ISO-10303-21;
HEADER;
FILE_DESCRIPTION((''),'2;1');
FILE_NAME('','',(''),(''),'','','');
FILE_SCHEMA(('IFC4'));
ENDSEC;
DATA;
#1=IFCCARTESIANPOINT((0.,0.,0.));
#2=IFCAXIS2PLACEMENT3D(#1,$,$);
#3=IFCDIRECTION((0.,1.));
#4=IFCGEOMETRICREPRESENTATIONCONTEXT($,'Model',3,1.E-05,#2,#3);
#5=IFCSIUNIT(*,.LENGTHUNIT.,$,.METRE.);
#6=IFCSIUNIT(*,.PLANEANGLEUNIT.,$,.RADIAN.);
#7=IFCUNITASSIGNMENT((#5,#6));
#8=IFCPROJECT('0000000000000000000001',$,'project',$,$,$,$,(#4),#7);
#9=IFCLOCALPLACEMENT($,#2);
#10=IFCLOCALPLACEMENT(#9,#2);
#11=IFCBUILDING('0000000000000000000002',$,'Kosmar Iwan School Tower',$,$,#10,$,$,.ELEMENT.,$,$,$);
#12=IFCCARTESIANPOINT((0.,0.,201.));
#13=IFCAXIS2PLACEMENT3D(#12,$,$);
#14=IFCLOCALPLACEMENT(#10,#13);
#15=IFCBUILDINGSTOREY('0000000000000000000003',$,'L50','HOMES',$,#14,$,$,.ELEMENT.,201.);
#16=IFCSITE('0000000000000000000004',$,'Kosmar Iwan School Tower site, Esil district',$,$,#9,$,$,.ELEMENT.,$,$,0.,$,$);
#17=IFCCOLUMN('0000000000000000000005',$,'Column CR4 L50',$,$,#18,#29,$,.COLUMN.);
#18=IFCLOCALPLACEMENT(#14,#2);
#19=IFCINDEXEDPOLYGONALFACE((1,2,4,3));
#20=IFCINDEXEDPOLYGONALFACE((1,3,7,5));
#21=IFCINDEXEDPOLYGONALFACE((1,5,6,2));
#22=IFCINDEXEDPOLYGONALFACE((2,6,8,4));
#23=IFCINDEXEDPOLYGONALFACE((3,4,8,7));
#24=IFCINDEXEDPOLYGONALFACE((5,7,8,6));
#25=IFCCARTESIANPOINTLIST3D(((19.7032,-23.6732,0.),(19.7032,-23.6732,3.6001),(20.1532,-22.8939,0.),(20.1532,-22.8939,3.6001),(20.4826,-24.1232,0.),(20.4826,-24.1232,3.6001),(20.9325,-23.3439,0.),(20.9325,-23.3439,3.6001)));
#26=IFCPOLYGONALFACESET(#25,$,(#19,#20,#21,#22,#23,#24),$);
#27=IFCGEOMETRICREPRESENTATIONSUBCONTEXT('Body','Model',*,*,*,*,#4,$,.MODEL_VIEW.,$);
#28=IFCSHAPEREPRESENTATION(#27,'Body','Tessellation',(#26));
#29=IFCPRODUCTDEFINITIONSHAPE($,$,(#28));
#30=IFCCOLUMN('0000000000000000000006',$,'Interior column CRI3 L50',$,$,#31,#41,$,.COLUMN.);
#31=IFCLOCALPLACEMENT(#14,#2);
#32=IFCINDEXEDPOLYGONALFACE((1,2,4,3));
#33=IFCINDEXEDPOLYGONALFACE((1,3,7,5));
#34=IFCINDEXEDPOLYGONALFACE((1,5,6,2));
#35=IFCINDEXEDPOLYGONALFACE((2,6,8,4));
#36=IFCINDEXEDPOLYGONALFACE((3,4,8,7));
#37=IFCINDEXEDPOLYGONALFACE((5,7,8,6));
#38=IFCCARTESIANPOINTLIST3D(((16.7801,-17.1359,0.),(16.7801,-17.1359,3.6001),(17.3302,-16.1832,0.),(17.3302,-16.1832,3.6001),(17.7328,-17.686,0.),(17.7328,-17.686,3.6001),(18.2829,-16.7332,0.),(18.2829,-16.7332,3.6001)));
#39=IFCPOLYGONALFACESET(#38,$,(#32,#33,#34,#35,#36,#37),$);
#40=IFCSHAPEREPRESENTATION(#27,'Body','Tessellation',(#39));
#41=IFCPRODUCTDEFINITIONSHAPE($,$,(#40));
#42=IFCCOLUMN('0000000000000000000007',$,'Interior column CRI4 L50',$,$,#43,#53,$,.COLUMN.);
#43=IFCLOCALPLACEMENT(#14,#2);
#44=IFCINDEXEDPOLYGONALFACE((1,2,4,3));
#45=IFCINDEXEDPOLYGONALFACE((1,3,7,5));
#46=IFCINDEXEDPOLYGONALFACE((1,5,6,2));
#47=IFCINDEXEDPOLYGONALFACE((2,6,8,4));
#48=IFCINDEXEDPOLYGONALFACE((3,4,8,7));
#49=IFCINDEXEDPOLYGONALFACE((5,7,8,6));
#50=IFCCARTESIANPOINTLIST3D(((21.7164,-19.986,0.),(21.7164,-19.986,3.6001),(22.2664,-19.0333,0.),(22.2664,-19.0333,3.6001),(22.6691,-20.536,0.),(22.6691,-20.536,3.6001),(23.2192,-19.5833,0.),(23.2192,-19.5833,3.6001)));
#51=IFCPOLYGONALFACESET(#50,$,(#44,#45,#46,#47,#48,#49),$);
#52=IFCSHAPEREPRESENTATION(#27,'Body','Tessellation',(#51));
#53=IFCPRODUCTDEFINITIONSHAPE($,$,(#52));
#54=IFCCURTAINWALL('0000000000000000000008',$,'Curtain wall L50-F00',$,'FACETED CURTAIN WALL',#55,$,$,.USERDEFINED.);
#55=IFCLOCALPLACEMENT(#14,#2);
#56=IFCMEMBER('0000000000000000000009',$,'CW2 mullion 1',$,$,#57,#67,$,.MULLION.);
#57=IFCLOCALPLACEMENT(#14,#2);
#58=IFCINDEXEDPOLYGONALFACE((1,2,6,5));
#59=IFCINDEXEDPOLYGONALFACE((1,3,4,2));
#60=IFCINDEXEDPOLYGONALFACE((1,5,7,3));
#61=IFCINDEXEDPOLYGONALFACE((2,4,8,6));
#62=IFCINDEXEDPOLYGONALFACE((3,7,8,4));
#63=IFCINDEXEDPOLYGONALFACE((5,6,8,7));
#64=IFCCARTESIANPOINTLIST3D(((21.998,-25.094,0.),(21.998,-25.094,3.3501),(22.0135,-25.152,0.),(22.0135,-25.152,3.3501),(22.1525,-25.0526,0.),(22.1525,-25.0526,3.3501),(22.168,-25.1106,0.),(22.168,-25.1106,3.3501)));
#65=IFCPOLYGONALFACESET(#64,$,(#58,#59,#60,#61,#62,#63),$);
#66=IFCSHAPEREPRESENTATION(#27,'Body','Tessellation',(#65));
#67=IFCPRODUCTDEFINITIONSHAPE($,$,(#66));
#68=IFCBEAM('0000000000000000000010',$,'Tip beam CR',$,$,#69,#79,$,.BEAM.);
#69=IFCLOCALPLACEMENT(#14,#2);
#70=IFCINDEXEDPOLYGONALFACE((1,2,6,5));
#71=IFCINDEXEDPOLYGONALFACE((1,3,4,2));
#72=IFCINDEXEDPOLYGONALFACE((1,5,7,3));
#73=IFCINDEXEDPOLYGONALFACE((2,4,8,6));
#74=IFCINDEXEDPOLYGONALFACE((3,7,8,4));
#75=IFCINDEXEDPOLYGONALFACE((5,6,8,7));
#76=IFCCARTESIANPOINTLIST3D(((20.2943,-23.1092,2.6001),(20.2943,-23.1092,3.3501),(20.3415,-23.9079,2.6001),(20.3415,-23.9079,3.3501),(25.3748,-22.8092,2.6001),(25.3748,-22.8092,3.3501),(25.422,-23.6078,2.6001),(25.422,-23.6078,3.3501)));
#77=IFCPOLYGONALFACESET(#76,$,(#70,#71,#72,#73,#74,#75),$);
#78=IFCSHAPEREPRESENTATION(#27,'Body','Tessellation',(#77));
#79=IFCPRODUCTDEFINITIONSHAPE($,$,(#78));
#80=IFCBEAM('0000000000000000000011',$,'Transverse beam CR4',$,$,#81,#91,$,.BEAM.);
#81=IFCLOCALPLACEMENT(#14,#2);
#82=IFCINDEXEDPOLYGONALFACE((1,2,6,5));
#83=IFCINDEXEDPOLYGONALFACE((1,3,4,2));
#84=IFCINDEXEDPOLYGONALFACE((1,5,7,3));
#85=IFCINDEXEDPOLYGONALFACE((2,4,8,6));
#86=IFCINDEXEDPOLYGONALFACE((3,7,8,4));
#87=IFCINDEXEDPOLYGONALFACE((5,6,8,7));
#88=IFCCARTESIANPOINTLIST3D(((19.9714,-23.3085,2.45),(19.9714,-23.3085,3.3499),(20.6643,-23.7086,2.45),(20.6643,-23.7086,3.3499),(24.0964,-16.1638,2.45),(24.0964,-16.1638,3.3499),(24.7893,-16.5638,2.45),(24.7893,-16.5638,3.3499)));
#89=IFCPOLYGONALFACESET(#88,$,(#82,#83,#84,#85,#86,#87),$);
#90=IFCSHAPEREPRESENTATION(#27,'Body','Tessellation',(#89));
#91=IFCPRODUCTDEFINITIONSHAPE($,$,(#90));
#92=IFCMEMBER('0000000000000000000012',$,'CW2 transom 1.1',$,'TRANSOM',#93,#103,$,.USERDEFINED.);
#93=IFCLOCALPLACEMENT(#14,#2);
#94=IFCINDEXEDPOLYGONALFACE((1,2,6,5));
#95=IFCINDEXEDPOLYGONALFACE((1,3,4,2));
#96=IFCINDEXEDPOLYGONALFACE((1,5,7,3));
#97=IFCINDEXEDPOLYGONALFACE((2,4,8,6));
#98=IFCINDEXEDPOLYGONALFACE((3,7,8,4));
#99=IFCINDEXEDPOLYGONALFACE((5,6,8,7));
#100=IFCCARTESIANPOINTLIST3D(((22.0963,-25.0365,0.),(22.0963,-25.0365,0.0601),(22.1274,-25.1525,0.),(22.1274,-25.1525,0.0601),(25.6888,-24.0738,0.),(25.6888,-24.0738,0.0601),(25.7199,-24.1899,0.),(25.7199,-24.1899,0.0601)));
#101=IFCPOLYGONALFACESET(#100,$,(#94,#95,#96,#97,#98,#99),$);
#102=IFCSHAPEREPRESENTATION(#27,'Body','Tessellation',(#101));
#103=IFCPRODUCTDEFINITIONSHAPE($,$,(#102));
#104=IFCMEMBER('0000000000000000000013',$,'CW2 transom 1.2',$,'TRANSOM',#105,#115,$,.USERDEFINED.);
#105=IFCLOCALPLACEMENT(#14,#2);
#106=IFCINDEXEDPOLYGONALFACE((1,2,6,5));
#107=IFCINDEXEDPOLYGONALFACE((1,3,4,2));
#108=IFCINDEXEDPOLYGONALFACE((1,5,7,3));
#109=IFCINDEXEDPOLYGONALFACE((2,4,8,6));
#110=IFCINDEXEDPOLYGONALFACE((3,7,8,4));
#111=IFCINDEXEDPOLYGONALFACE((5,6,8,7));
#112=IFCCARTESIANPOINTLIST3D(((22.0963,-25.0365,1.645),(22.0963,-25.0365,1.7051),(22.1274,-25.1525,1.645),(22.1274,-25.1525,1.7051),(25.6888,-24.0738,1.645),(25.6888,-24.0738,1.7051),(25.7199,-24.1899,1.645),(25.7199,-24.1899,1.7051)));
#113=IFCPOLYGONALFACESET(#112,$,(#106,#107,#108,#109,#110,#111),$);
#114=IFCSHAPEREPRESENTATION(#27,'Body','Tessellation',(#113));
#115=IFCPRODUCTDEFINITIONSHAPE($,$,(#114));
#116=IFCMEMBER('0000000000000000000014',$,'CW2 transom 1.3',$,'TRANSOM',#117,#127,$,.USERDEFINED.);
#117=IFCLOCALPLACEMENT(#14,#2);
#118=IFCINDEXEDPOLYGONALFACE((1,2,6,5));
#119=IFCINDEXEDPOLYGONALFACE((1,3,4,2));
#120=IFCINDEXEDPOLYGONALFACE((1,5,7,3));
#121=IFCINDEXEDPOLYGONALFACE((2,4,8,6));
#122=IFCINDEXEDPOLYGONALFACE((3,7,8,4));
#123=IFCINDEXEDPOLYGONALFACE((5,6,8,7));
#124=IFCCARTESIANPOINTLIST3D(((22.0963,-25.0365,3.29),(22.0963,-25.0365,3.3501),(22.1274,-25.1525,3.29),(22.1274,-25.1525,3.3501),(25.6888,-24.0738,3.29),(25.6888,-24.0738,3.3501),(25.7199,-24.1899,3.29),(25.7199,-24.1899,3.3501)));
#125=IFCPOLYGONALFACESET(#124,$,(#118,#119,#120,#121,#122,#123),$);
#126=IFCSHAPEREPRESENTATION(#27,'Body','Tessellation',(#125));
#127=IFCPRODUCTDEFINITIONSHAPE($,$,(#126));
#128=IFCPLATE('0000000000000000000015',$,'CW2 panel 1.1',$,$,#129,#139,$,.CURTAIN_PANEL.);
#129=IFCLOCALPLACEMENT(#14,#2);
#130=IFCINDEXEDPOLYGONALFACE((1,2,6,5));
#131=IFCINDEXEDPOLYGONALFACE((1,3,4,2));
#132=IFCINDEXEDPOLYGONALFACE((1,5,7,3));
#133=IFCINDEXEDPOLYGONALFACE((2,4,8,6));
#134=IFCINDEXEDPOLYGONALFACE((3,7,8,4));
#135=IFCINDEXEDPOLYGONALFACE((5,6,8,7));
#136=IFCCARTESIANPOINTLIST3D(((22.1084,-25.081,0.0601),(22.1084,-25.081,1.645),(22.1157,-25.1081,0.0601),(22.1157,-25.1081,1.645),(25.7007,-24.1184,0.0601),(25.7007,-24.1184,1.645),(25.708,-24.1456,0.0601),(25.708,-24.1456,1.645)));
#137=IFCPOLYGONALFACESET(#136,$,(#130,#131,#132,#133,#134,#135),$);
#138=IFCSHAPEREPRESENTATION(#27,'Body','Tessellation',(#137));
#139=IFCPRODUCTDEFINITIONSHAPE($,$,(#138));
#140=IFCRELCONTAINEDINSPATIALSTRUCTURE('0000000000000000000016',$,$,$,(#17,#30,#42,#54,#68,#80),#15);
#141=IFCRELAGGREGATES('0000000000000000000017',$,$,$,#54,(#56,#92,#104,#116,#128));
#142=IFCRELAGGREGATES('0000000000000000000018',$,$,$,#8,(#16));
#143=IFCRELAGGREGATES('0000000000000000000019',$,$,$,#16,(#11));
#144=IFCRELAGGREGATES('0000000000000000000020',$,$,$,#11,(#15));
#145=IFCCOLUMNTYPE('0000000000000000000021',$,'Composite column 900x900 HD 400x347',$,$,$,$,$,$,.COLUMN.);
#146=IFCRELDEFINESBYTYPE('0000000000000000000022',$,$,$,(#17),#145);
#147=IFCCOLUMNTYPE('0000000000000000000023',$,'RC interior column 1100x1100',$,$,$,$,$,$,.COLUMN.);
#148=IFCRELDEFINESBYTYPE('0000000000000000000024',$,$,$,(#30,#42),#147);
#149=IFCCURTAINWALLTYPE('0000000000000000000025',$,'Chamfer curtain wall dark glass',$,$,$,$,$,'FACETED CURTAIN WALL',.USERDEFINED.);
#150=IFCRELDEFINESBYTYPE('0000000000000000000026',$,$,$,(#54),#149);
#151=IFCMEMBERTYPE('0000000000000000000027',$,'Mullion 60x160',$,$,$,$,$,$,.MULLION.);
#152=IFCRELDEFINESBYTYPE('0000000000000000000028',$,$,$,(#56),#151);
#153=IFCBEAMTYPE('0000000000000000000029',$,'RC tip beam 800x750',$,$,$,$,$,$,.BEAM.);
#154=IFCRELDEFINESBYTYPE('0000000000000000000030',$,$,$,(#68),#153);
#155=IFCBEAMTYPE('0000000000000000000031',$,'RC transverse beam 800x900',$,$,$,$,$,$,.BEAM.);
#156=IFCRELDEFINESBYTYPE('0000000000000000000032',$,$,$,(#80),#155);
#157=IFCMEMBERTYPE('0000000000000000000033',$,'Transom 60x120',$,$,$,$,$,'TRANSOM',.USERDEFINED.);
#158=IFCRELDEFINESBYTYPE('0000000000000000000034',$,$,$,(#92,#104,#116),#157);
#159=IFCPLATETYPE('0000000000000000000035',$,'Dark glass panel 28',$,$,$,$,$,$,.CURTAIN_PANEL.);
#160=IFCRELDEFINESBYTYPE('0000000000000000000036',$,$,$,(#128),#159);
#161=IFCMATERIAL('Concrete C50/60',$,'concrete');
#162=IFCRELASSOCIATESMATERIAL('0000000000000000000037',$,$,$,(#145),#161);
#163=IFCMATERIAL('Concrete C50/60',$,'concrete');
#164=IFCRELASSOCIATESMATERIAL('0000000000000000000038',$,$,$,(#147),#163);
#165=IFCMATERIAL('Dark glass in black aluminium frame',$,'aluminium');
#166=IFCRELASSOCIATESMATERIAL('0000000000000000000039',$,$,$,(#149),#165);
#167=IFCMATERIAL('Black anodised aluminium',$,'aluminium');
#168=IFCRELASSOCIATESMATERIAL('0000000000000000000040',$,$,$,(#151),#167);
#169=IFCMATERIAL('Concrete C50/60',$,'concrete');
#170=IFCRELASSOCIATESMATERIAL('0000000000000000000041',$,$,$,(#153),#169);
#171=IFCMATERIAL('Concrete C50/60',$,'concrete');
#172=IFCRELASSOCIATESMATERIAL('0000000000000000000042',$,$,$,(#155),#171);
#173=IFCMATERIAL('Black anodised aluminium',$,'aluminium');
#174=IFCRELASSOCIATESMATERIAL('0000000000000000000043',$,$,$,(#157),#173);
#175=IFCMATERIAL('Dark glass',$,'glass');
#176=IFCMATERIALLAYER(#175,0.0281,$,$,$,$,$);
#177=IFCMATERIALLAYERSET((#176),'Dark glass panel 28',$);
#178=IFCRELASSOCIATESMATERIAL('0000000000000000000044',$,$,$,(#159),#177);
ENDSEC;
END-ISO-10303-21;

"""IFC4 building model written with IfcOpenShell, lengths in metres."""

from ifc_helpers import new_model, si_unit, direction, frame, origin, origin_2d, place, context, subcontext, project, spatial, rectangle, extrude, material, layer, layer_set, material_profile, profile_set, type_object, element, aggregate, save


model = new_model("IFC4")

# Units and contexts
model_context = context("Model", 3, precision=1e-05, world=origin(), true_north=direction((0.0, 1.0)))
body_context = subcontext(model_context, "Body", "Model", "MODEL_VIEW")
ifc_project = project(units=[si_unit("LENGTHUNIT", "METRE"), si_unit("PLANEANGLEUNIT", "RADIAN")], contexts=[model_context])

# Site, building, storey
site_placement = place(None, origin())
site = spatial("IfcSite", under=ifc_project, at=site_placement, Name="Kosmar Iwan School Tower site, Esil district", CompositionType="ELEMENT", RefElevation=0.0)
building_placement = place(site_placement, origin())
building = spatial("IfcBuilding", under=site, at=building_placement, Name="Kosmar Iwan School Tower", CompositionType="ELEMENT")
storey_placement = place(building_placement, frame((0.0, 0.0, 201.0)))
storey = spatial("IfcBuildingStorey", under=building, at=storey_placement, Name="L50", Description="HOMES", CompositionType="ELEMENT", Elevation=201.0)

# Columns
ifc_material_1 = material(Name="Concrete C50/60", Category="concrete")
ifc_material_profile_1 = material_profile(ifc_material_1, rectangle(XDim=0.8999, YDim=0.8999, at=origin_2d()), Name="RC 900x900 + HD 400x347")
ifc_profile_set_1 = profile_set([ifc_material_profile_1], Name="Concrete C50/60")
column_type_1 = type_object("IfcColumnType", Name="Composite column 900x900 HD 400x347", PredefinedType="COLUMN", material=ifc_profile_set_1)
column_placement = place(storey_placement, frame((20.3179, -23.5085, 0.0), z_axis=(0.0, 0.0, 1.0), x_axis=(0.866025, -0.5, 0.0)))
element("IfcColumn", 1, at=column_placement, inside=storey, type_object=column_type_1, Name="Column CR4 L50", PredefinedType="COLUMN", context=body_context, shape_type="SweptSolid", body=[
    extrude(rectangle(XDim=0.8999, YDim=0.8999, at=origin_2d()), origin(), (0.0, 0.0, 1.0), 3.6001),
])
ifc_material_2 = material(Name="Concrete C50/60", Category="concrete")
ifc_material_profile_2 = material_profile(ifc_material_2, rectangle(XDim=1.1001, YDim=1.1001, at=origin_2d()), Name="RC 1100x1100")
ifc_profile_set_2 = profile_set([ifc_material_profile_2], Name="Concrete C50/60")
column_type_2 = type_object("IfcColumnType", Name="RC interior column 1100x1100", PredefinedType="COLUMN", material=ifc_profile_set_2)
for number, where, z_axis, x_axis, name in (
    (2, (17.5315, -16.9346, 0.0), (0.0, 0.0, 1.0), (0.866025, -0.5, 0.0), "Interior column CRI3 L50"),
    (3, (22.4678, -19.7847, 0.0), (0.0, 0.0, 1.0), (0.866025, -0.5, 0.0), "Interior column CRI4 L50"),
):
    element("IfcColumn", number, at=place(storey_placement, frame(where, z_axis=z_axis, x_axis=x_axis)), inside=storey, type_object=column_type_2, Name=name, PredefinedType="COLUMN", context=body_context, shape_type="SweptSolid", body=[
        extrude(rectangle(XDim=1.1001, YDim=1.1001, at=origin_2d()), origin(), (0.0, 0.0, 1.0), 3.6001),
    ])

# Curtain wall, member
ifc_material_3 = material(Name="Dark glass in black aluminium frame", Category="aluminium")
curtain_wall_type = type_object("IfcCurtainWallType", Name="Chamfer curtain wall dark glass", ElementType="FACETED CURTAIN WALL", PredefinedType="USERDEFINED", material=ifc_material_3)
curtain_wall_placement = place(storey_placement, origin())
curtain_wall = element("IfcCurtainWall", 4, at=curtain_wall_placement, inside=storey, type_object=curtain_wall_type, Name="Curtain wall L50-F00", ObjectType="FACETED CURTAIN WALL", PredefinedType="USERDEFINED")
ifc_material_4 = material(Name="Black anodised aluminium", Category="aluminium")
ifc_material_profile_3 = material_profile(ifc_material_4, rectangle(XDim=0.0601, YDim=0.1599, at=origin_2d()), Name="MULLION 60x160")
ifc_profile_set_3 = profile_set([ifc_material_profile_3], Name="Black anodised aluminium")
member_type_1 = type_object("IfcMemberType", Name="Mullion 60x160", PredefinedType="MULLION", material=ifc_profile_set_3)
member_1_placement = place(storey_placement, frame((22.083, -25.1023, 0.0), z_axis=(0.0, 0.0, 1.0), x_axis=(-0.258819, 0.965926, 0.0)))
member_1 = element("IfcMember", 5, at=member_1_placement, type_object=member_type_1, Name="CW2 mullion 1", PredefinedType="MULLION", context=body_context, shape_type="SweptSolid", body=[
    extrude(rectangle(XDim=0.0601, YDim=0.1599, at=origin_2d()), origin(), (0.0, 0.0, 1.0), 3.3501),
])

# Beams
ifc_material_5 = material(Name="Concrete C50/60", Category="concrete")
ifc_material_profile_4 = material_profile(ifc_material_5, rectangle(XDim=0.8, YDim=0.75, at=origin_2d()), Name="RC 800x750")
ifc_profile_set_4 = profile_set([ifc_material_profile_4], Name="Concrete C50/60")
beam_type_1 = type_object("IfcBeamType", Name="RC tip beam 800x750", PredefinedType="BEAM", material=ifc_profile_set_4)
beam_1_placement = place(storey_placement, frame((20.3179, -23.5085, 2.9751), z_axis=(0.998261, 0.058955, 0.0), x_axis=(-0.058955, 0.998261, 0.0)))
element("IfcBeam", 6, at=beam_1_placement, inside=storey, type_object=beam_type_1, Name="Tip beam CR", PredefinedType="BEAM", context=body_context, shape_type="SweptSolid", body=[
    extrude(rectangle(XDim=0.8, YDim=0.75, at=origin_2d()), origin(), (0.0, 0.0, 1.0), 5.0894),
])
ifc_material_6 = material(Name="Concrete C50/60", Category="concrete")
ifc_material_profile_5 = material_profile(ifc_material_6, rectangle(XDim=0.8, YDim=0.8999, at=origin_2d()), Name="RC 800x900")
ifc_profile_set_5 = profile_set([ifc_material_profile_5], Name="Concrete C50/60")
beam_type_2 = type_object("IfcBeamType", Name="RC transverse beam 800x900", PredefinedType="BEAM", material=ifc_profile_set_5)
beam_2_placement = place(storey_placement, frame((20.3179, -23.5085, 2.8999), z_axis=(0.499997, 0.866027, 0.0), x_axis=(-0.866027, 0.499997, 0.0)))
element("IfcBeam", 7, at=beam_2_placement, inside=storey, type_object=beam_type_2, Name="Transverse beam CR4", PredefinedType="BEAM", context=body_context, shape_type="SweptSolid", body=[
    extrude(rectangle(XDim=0.8, YDim=0.8999, at=origin_2d()), origin(), (0.0, 0.0, 1.0), 8.25),
])

# Members
ifc_material_7 = material(Name="Black anodised aluminium", Category="aluminium")
ifc_material_profile_6 = material_profile(ifc_material_7, rectangle(XDim=0.1201, YDim=0.0601, at=origin_2d()), Name="TRANSOM 60x120")
ifc_profile_set_6 = profile_set([ifc_material_profile_6], Name="Black anodised aluminium")
member_type_2 = type_object("IfcMemberType", Name="Transom 60x120", ElementType="TRANSOM", PredefinedType="USERDEFINED", material=ifc_profile_set_6)
member_2_placement = place(storey_placement, frame((22.1118, -25.0945, 0.03), z_axis=(0.965924, 0.258827, 0.0), x_axis=(-0.258827, 0.965924, 0.0)))
member_2 = element("IfcMember", 8, at=member_2_placement, type_object=member_type_2, Name="CW2 transom 1.1", ObjectType="TRANSOM", PredefinedType="USERDEFINED", context=body_context, shape_type="SweptSolid", body=[
    extrude(rectangle(XDim=0.1201, YDim=0.0601, at=origin_2d()), origin(), (0.0, 0.0, 1.0), 3.7192),
])
member_3_placement = place(storey_placement, frame((22.1118, -25.0945, 1.675), z_axis=(0.965924, 0.258827, 0.0), x_axis=(-0.258827, 0.965924, 0.0)))
member_3 = element("IfcMember", 9, at=member_3_placement, type_object=member_type_2, Name="CW2 transom 1.2", ObjectType="TRANSOM", PredefinedType="USERDEFINED", context=body_context, shape_type="SweptSolid", body=[
    extrude(rectangle(XDim=0.1201, YDim=0.0601, at=origin_2d()), origin(), (0.0, 0.0, 1.0), 3.7192),
])
member_4_placement = place(storey_placement, frame((22.1118, -25.0945, 3.3201), z_axis=(0.965924, 0.258827, 0.0), x_axis=(-0.258827, 0.965924, 0.0)))
member_4 = element("IfcMember", 10, at=member_4_placement, type_object=member_type_2, Name="CW2 transom 1.3", ObjectType="TRANSOM", PredefinedType="USERDEFINED", context=body_context, shape_type="SweptSolid", body=[
    extrude(rectangle(XDim=0.1201, YDim=0.0601, at=origin_2d()), origin(), (0.0, 0.0, 1.0), 3.7192),
])

# Plate
ifc_material_8 = material(Name="Dark glass", Category="glass")
ifc_layer_1 = layer(ifc_material_8, 0.0281)
ifc_layer_set_1 = layer_set([ifc_layer_1], Name="Dark glass panel 28")
plate_type = type_object("IfcPlateType", Name="Dark glass panel 28", PredefinedType="CURTAIN_PANEL", material=ifc_layer_set_1)
plate_placement = place(storey_placement, frame((23.9082, -24.6133, 0.0601), z_axis=(0.0, 0.0, 1.0), x_axis=(0.965926, 0.258819, 0.0)))
plate = element("IfcPlate", 11, at=plate_placement, type_object=plate_type, Name="CW2 panel 1.1", PredefinedType="CURTAIN_PANEL", context=body_context, shape_type="SweptSolid", body=[
    extrude(rectangle(XDim=3.719, YDim=0.0281, at=origin_2d()), origin(), (0.0, 0.0, 1.0), 1.585),
])
aggregate(curtain_wall, [member_1, member_2, member_3, member_4, plate])

save(model, "model.ifc")
